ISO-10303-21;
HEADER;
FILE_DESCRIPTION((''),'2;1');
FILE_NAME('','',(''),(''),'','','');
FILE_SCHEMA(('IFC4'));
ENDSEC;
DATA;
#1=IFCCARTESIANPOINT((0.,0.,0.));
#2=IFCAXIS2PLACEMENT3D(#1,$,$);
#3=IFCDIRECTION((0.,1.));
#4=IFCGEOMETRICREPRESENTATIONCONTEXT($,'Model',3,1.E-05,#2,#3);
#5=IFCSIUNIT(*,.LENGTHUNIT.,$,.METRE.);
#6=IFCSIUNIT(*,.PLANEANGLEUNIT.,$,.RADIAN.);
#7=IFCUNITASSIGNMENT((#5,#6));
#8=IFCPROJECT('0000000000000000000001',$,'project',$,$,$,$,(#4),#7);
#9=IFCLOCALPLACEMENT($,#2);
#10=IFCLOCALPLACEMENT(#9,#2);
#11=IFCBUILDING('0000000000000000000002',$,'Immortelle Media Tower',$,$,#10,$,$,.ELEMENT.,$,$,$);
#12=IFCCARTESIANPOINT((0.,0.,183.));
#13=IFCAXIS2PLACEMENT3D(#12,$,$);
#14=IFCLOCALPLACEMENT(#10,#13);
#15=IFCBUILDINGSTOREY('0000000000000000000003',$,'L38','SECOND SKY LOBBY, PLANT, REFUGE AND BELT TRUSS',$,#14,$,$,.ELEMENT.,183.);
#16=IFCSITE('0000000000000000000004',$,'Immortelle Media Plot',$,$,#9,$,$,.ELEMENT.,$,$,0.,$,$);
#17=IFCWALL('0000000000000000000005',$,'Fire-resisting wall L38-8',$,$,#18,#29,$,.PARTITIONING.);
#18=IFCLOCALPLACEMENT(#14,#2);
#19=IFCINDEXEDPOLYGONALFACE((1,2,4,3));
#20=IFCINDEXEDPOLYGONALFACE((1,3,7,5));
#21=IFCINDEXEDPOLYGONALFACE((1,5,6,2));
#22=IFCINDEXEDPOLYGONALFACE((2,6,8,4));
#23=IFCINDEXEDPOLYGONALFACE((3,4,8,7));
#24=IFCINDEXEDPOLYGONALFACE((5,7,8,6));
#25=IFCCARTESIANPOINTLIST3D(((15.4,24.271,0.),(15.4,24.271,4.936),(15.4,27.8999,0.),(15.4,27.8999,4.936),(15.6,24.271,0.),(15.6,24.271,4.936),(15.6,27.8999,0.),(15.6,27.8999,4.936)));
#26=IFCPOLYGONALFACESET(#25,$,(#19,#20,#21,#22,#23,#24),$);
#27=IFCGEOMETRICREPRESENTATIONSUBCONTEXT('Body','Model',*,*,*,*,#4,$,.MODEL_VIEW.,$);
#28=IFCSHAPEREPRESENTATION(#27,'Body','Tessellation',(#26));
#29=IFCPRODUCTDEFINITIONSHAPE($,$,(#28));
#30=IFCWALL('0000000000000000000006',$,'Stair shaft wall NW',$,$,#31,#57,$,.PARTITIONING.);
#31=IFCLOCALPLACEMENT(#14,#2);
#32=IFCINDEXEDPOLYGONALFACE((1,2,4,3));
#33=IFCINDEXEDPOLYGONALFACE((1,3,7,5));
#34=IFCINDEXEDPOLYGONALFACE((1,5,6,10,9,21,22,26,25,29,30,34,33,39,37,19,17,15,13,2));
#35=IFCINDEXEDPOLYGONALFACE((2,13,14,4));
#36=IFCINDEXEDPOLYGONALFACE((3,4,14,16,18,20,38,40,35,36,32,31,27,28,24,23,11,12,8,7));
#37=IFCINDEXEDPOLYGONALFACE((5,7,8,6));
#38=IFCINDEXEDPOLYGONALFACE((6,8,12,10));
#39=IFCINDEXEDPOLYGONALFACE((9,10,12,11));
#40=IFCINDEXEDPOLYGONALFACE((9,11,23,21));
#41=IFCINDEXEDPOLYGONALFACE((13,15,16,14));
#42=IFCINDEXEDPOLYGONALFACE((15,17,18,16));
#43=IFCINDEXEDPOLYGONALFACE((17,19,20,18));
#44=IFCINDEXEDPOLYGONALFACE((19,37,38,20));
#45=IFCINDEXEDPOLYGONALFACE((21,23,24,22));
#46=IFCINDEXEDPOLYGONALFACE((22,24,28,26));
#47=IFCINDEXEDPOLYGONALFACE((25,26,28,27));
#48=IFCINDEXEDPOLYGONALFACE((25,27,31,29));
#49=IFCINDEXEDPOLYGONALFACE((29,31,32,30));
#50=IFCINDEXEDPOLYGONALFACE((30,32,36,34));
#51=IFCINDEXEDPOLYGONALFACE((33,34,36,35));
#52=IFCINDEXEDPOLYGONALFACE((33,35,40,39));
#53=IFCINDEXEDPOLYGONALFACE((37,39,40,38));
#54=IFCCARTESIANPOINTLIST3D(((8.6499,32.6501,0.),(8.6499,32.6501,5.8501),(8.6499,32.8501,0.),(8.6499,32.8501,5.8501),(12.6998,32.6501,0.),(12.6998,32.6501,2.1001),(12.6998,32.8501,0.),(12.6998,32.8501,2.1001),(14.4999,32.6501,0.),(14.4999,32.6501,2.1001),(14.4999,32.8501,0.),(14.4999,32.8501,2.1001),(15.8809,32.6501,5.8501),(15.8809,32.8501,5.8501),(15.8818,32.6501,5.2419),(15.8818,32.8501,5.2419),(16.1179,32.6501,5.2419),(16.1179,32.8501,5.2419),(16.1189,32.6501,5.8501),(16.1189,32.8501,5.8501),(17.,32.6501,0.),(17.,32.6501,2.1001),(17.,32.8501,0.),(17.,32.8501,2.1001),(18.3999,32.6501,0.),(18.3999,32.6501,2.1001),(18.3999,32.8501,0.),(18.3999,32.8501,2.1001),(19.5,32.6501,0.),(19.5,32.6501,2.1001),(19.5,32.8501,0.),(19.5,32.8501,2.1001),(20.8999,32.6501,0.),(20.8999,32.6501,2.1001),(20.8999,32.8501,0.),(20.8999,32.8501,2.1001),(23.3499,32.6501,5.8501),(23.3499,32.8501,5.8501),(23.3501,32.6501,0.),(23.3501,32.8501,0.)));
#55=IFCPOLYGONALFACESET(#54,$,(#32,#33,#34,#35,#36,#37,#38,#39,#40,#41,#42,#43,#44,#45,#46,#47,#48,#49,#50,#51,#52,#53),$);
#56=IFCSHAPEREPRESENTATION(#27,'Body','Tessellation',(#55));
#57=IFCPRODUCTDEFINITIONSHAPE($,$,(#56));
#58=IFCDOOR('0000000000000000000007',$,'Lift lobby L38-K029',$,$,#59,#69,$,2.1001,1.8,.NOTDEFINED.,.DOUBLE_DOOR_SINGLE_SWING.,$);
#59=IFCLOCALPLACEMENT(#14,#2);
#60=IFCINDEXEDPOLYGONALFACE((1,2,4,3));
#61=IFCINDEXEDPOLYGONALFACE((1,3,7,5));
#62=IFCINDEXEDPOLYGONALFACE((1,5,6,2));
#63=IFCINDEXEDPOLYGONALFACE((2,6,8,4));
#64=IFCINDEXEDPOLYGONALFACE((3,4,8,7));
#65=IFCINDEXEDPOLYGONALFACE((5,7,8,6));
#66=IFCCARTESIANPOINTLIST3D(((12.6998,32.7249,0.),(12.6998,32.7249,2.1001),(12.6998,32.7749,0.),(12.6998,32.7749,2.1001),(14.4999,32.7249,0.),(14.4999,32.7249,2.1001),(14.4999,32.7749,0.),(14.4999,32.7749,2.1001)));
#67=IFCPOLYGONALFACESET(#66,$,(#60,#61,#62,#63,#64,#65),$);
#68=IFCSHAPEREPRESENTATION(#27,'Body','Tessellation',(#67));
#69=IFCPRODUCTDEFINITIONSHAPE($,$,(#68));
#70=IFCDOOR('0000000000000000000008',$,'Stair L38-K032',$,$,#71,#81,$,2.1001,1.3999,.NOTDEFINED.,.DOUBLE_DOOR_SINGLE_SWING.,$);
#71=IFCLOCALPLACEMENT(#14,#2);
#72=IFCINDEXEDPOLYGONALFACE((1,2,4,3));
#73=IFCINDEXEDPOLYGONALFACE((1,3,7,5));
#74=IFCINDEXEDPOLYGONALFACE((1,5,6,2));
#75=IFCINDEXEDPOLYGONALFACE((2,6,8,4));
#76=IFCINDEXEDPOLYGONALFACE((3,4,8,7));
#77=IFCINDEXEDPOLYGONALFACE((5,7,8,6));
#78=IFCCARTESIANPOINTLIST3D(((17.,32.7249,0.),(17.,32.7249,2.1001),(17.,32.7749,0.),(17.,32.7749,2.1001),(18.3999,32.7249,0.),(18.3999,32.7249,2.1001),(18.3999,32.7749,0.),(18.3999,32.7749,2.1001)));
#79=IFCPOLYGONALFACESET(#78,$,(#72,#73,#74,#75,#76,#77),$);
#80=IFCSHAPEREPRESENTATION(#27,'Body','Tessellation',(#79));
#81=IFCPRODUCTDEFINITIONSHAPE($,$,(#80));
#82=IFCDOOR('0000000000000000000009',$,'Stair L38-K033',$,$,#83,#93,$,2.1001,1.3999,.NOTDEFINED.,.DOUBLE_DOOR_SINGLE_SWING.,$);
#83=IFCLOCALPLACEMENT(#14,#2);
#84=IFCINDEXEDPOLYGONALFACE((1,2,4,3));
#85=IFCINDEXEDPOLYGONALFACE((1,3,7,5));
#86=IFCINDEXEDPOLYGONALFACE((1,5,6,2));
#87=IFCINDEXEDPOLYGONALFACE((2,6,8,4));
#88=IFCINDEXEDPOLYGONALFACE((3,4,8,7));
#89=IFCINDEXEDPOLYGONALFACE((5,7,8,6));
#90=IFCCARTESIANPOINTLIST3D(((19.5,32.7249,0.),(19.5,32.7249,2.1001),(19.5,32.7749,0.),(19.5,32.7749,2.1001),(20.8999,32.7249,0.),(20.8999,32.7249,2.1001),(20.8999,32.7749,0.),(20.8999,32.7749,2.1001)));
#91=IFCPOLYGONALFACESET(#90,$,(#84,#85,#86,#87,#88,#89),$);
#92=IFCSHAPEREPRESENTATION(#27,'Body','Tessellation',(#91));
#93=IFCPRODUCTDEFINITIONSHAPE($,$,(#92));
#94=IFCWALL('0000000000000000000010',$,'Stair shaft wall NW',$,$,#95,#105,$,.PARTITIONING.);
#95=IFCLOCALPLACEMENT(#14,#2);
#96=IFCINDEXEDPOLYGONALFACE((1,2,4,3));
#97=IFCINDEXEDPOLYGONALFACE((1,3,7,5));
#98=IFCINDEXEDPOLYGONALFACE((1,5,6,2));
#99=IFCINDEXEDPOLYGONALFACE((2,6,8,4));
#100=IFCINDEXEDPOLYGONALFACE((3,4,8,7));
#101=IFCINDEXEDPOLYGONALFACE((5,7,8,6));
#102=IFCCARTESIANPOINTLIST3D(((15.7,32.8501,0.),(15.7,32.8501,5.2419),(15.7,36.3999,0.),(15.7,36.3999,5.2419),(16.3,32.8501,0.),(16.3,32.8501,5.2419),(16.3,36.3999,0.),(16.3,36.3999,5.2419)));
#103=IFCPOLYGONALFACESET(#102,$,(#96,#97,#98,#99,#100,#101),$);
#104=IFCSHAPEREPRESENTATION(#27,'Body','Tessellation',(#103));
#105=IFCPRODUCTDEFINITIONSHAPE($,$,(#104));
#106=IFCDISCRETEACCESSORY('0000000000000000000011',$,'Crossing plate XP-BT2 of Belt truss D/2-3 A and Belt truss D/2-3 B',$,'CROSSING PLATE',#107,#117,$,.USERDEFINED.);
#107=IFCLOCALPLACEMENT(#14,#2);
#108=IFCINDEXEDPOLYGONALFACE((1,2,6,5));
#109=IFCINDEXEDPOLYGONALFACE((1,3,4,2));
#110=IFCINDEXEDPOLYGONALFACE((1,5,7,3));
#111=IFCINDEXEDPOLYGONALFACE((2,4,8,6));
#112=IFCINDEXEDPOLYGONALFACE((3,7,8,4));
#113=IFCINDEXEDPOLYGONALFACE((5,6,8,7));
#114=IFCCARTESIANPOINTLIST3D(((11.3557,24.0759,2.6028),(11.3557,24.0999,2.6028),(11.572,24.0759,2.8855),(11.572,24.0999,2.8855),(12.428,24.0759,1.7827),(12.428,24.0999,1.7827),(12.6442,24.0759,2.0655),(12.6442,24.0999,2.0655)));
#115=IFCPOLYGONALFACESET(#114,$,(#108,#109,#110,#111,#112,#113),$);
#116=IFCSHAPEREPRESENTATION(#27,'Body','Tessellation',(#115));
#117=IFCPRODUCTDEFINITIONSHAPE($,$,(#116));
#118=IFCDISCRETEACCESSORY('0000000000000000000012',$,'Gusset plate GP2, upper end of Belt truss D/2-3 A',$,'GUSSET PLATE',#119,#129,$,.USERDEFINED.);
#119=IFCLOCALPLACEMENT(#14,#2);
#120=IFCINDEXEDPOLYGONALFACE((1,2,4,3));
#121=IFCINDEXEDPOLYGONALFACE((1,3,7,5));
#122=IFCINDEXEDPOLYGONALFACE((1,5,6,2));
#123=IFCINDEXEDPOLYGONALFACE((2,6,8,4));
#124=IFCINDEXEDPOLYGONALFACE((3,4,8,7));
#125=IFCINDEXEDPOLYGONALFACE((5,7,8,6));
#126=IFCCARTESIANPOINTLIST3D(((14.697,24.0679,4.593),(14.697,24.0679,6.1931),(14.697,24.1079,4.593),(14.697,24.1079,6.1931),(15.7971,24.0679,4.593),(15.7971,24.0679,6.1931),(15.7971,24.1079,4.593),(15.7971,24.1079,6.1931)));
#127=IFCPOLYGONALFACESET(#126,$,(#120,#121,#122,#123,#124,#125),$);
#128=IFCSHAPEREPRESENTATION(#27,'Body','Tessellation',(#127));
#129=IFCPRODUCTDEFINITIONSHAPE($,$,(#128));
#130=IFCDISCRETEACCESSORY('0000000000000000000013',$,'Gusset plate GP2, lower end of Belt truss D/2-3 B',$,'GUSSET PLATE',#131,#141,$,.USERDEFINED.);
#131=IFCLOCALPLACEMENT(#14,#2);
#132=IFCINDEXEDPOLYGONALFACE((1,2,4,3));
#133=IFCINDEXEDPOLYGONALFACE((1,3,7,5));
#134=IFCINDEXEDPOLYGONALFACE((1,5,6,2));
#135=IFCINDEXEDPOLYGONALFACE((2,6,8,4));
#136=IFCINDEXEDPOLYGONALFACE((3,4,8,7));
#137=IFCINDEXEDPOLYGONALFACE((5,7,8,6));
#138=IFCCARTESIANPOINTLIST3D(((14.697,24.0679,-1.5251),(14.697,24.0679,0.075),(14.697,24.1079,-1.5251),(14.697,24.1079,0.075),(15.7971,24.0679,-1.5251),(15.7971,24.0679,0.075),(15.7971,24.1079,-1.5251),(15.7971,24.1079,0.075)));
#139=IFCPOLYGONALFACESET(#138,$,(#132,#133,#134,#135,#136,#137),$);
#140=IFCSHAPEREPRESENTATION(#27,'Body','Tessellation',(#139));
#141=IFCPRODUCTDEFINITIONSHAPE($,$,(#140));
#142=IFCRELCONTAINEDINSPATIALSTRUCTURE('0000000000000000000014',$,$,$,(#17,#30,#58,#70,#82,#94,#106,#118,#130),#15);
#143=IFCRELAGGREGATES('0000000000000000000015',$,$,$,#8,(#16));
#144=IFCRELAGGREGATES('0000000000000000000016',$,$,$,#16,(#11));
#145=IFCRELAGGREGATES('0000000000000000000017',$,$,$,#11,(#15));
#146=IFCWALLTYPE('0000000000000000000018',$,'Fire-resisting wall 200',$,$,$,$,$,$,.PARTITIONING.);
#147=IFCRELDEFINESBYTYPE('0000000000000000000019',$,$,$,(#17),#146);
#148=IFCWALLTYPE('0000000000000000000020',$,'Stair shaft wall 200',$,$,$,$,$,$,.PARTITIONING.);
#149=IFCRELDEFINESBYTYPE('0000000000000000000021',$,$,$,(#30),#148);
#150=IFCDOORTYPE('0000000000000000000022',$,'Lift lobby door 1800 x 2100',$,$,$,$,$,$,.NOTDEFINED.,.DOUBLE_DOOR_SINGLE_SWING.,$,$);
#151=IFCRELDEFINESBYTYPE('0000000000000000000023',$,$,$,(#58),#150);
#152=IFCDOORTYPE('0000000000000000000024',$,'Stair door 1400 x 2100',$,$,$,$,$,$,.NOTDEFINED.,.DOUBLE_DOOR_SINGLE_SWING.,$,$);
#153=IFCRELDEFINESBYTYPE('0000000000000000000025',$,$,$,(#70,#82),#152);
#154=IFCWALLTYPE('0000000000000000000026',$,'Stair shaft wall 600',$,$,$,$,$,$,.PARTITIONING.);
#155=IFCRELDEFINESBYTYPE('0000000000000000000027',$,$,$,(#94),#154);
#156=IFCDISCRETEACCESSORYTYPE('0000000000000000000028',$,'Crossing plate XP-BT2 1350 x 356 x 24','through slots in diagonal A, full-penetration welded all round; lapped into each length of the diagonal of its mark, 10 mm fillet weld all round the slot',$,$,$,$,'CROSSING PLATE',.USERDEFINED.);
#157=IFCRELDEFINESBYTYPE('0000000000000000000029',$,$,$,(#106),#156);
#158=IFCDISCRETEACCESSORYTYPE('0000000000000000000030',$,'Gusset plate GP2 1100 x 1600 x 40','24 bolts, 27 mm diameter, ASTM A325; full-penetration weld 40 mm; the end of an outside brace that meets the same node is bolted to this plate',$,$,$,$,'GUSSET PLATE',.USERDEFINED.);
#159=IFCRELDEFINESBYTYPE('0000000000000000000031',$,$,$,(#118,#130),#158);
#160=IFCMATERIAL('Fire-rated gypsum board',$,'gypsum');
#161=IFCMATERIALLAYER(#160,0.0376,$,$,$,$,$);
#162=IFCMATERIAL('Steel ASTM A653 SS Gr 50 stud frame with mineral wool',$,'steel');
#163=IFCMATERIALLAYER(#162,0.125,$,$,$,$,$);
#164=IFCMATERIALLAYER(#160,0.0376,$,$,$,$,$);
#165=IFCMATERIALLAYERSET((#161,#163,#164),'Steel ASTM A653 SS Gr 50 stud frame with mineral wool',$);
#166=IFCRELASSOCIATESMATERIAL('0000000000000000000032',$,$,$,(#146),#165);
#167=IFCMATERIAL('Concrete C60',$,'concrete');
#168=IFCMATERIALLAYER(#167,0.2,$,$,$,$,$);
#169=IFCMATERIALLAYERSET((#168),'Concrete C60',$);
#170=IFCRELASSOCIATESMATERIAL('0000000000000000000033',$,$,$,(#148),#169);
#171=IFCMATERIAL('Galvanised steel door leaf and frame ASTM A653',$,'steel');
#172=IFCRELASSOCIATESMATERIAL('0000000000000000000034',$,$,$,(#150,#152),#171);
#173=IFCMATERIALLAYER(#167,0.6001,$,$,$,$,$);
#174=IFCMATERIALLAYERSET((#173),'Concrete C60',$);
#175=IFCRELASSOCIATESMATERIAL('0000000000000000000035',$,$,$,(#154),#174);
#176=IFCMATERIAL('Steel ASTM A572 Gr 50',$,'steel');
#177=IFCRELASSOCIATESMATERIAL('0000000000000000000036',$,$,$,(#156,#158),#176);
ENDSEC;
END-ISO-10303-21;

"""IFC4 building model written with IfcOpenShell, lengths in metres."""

from ifc_helpers import new_model, si_unit, direction, frame, frame_2d, origin, origin_2d, place, context, subcontext, project, spatial, polyline, rectangle, outline, extrude, material, layer, layer_set, material_profile, profile_set, type_object, element, fill, save


model = new_model("IFC4")

# Units and contexts
model_context = context("Model", 3, precision=1e-05, world=origin(), true_north=direction((0.0, 1.0)))
body_context = subcontext(model_context, "Body", "Model", "MODEL_VIEW")
ifc_project = project(units=[si_unit("LENGTHUNIT", "METRE"), si_unit("PLANEANGLEUNIT", "RADIAN")], contexts=[model_context])

# Site, building, storey
site_placement = place(None, origin())
site = spatial("IfcSite", under=ifc_project, at=site_placement, Name="Immortelle Media Plot", CompositionType="ELEMENT", RefElevation=0.0)
building_placement = place(site_placement, origin())
building = spatial("IfcBuilding", under=site, at=building_placement, Name="Immortelle Media Tower", CompositionType="ELEMENT")
storey_placement = place(building_placement, frame((0.0, 0.0, 183.0)))
storey = spatial("IfcBuildingStorey", under=building, at=storey_placement, Name="L38", Description="SECOND SKY LOBBY, PLANT, REFUGE AND BELT TRUSS", CompositionType="ELEMENT", Elevation=183.0)

# Shared definitions
ifc_material_1 = material(Name="Fire-rated gypsum board", Category="gypsum")
ifc_material_2 = material(Name="Steel ASTM A653 SS Gr 50 stud frame with mineral wool", Category="steel")

# Shared definitions
ifc_material_3 = material(Name="Galvanised steel door leaf and frame ASTM A653", Category="steel")

# Shared definitions
ifc_layer_1 = layer(ifc_material_1, 0.0376)
ifc_layer_2 = layer(ifc_material_2, 0.125)
ifc_layer_3 = layer(ifc_material_1, 0.0376)
ifc_layer_set_1 = layer_set([ifc_layer_1, ifc_layer_2, ifc_layer_3], Name="Steel ASTM A653 SS Gr 50 stud frame with mineral wool")
wall_type_1 = type_object("IfcWallType", Name="Fire-resisting wall 200", PredefinedType="PARTITIONING", material=ifc_layer_set_1)

# Wall
wall_1_placement = place(storey_placement, frame((15.5, 24.271, 0.0), z_axis=(0.0, 0.0, 1.0), x_axis=(0.0, 1.0, 0.0)))
element("IfcWall", 1, at=wall_1_placement, inside=storey, type_object=wall_type_1, Name="Fire-resisting wall L38-8", PredefinedType="PARTITIONING", context=body_context, shape_type="SweptSolid", body=[
    extrude(rectangle(XDim=3.6289, YDim=0.2, at=frame_2d((1.8145, 0.0))), origin(), (0.0, 0.0, 1.0), 4.936),
])

# Wall, openings, doors
ifc_material_4 = material(Name="Concrete C60", Category="concrete")
ifc_layer_4 = layer(ifc_material_4, 0.2)
ifc_layer_set_2 = layer_set([ifc_layer_4], Name="Concrete C60")
wall_type_2 = type_object("IfcWallType", Name="Stair shaft wall 200", PredefinedType="PARTITIONING", material=ifc_layer_set_2)
wall_2_placement = place(storey_placement, frame((8.6499, 32.75, 0.0), z_axis=(0.0, 0.0, 1.0), x_axis=(1.0, 0.0, 0.0)))
wall_2 = element("IfcWall", 2, at=wall_2_placement, inside=storey, type_object=wall_type_2, Name="Stair shaft wall NW", PredefinedType="PARTITIONING", context=body_context, shape_type="SweptSolid", body=[
    extrude(outline(polyline([(0.0, 0.0), (14.7002, 0.0), (14.7, 5.8501), (7.469, 5.8501), (7.468, 5.2419), (7.2319, 5.2419), (7.231, 5.8501), (0.0, 5.8501), (0.0, 0.0)])), frame((0.0, 0.1001, 0.0), z_axis=(0.0, -1.0, 0.0), x_axis=(1.0, 0.0, 0.0)), (0.0, 0.0, 1.0), 0.2),
])
opening_1_placement = place(wall_2_placement, frame((4.05, 0.0, 0.0)))
opening_1 = element("IfcOpeningElement", 3, at=opening_1_placement, cuts=wall_2, PredefinedType="OPENING", context=body_context, shape_type="SweptSolid", body=[
    extrude(rectangle(XDim=1.8, YDim=2.1001, at=frame_2d((0.8999, 1.05))), frame((0.0, 0.1099, 0.0), z_axis=(0.0, -1.0, 0.0), x_axis=(1.0, 0.0, 0.0)), (0.0, 0.0, 1.0), 0.22),
])
opening_2_placement = place(wall_2_placement, frame((8.3501, 0.0, 0.0)))
opening_2 = element("IfcOpeningElement", 4, at=opening_2_placement, cuts=wall_2, PredefinedType="OPENING", context=body_context, shape_type="SweptSolid", body=[
    extrude(rectangle(XDim=1.3999, YDim=2.1001, at=frame_2d((0.7, 1.05))), frame((0.0, 0.1099, 0.0), z_axis=(0.0, -1.0, 0.0), x_axis=(1.0, 0.0, 0.0)), (0.0, 0.0, 1.0), 0.22),
])
opening_3_placement = place(wall_2_placement, frame((10.8501, 0.0, 0.0)))
opening_3 = element("IfcOpeningElement", 5, at=opening_3_placement, cuts=wall_2, PredefinedType="OPENING", context=body_context, shape_type="SweptSolid", body=[
    extrude(rectangle(XDim=1.3999, YDim=2.1001, at=frame_2d((0.7, 1.05))), frame((0.0, 0.1099, 0.0), z_axis=(0.0, -1.0, 0.0), x_axis=(1.0, 0.0, 0.0)), (0.0, 0.0, 1.0), 0.22),
])
door_type_1 = type_object("IfcDoorType", Name="Lift lobby door 1800 x 2100", OperationType="DOUBLE_DOOR_SINGLE_SWING", PredefinedType="NOTDEFINED", material=ifc_material_3)
door_1_placement = place(opening_1_placement, origin())
door_1 = element("IfcDoor", 6, at=door_1_placement, inside=storey, type_object=door_type_1, Name="Lift lobby L38-K029", OperationType="DOUBLE_DOOR_SINGLE_SWING", OverallHeight=2.1001, OverallWidth=1.8, PredefinedType="NOTDEFINED", context=body_context, shape_type="SweptSolid", body=[
    extrude(rectangle(XDim=1.8, YDim=2.1001, at=frame_2d((0.8999, 1.05))), frame((0.0, 0.0249, 0.0), z_axis=(0.0, -1.0, 0.0), x_axis=(1.0, 0.0, 0.0)), (0.0, 0.0, 1.0), 0.05),
])
fill(opening_1, door_1)
door_type_2 = type_object("IfcDoorType", Name="Stair door 1400 x 2100", OperationType="DOUBLE_DOOR_SINGLE_SWING", PredefinedType="NOTDEFINED", material=ifc_material_3)
door_2_placement = place(opening_2_placement, origin())
door_2 = element("IfcDoor", 7, at=door_2_placement, inside=storey, type_object=door_type_2, Name="Stair L38-K032", OperationType="DOUBLE_DOOR_SINGLE_SWING", OverallHeight=2.1001, OverallWidth=1.3999, PredefinedType="NOTDEFINED", context=body_context, shape_type="SweptSolid", body=[
    extrude(rectangle(XDim=1.3999, YDim=2.1001, at=frame_2d((0.7, 1.05))), frame((0.0, 0.0249, 0.0), z_axis=(0.0, -1.0, 0.0), x_axis=(1.0, 0.0, 0.0)), (0.0, 0.0, 1.0), 0.05),
])
fill(opening_2, door_2)
door_3_placement = place(opening_3_placement, origin())
door_3 = element("IfcDoor", 8, at=door_3_placement, inside=storey, type_object=door_type_2, Name="Stair L38-K033", OperationType="DOUBLE_DOOR_SINGLE_SWING", OverallHeight=2.1001, OverallWidth=1.3999, PredefinedType="NOTDEFINED", context=body_context, shape_type="SweptSolid", body=[
    extrude(rectangle(XDim=1.3999, YDim=2.1001, at=frame_2d((0.7, 1.05))), frame((0.0, 0.0249, 0.0), z_axis=(0.0, -1.0, 0.0), x_axis=(1.0, 0.0, 0.0)), (0.0, 0.0, 1.0), 0.05),
])
fill(opening_3, door_3)

# Wall
ifc_layer_5 = layer(ifc_material_4, 0.6001)
ifc_layer_set_3 = layer_set([ifc_layer_5], Name="Concrete C60")
wall_type_3 = type_object("IfcWallType", Name="Stair shaft wall 600", PredefinedType="PARTITIONING", material=ifc_layer_set_3)
wall_3_placement = place(storey_placement, frame((16.0, 32.8501, 0.0), z_axis=(0.0, 0.0, 1.0), x_axis=(0.0, 1.0, 0.0)))
element("IfcWall", 9, at=wall_3_placement, inside=storey, type_object=wall_type_3, Name="Stair shaft wall NW", PredefinedType="PARTITIONING", context=body_context, shape_type="SweptSolid", body=[
    extrude(rectangle(XDim=3.5498, YDim=0.6001, at=frame_2d((1.7749, 0.0))), origin(), (0.0, 0.0, 1.0), 5.2419),
])

# Discrete accessories
ifc_material_5 = material(Name="Steel ASTM A572 Gr 50", Category="steel")
ifc_material_profile_1 = material_profile(ifc_material_5, rectangle(XDim=0.0239, YDim=0.356, at=origin_2d()), Name="PL 24 x 356")
ifc_profile_set_1 = profile_set([ifc_material_profile_1], Name="Steel ASTM A572 Gr 50")
discrete_accessory_type_1 = type_object("IfcDiscreteAccessoryType", Name="Crossing plate XP-BT2 1350 x 356 x 24", Description="through slots in diagonal A, full-penetration welded all round; lapped into each length of the diagonal of its mark, 10 mm fillet weld all round the slot", ElementType="CROSSING PLATE", PredefinedType="USERDEFINED", material=ifc_profile_set_1)
discrete_accessory_placement = place(storey_placement, frame((11.4639, 24.0879, 2.7441), z_axis=(0.794322, 0.0, -0.607497), x_axis=(0.0, 1.0, 0.0)))
element("IfcDiscreteAccessory", 10, at=discrete_accessory_placement, inside=storey, type_object=discrete_accessory_type_1, Name="Crossing plate XP-BT2 of Belt truss D/2-3 A and Belt truss D/2-3 B", ObjectType="CROSSING PLATE", PredefinedType="USERDEFINED", context=body_context, shape_type="SweptSolid", body=[
    extrude(rectangle(XDim=0.0239, YDim=0.356, at=origin_2d()), origin(), (0.0, 0.0, 1.0), 1.3499),
])
ifc_material_profile_2 = material_profile(ifc_material_5, rectangle(XDim=0.04, YDim=1.6001, at=origin_2d()), Name="PL 40 x 1600")
ifc_profile_set_2 = profile_set([ifc_material_profile_2], Name="Steel ASTM A572 Gr 50")
discrete_accessory_type_2 = type_object("IfcDiscreteAccessoryType", Name="Gusset plate GP2 1100 x 1600 x 40", Description="24 bolts, 27 mm diameter, ASTM A325; full-penetration weld 40 mm; the end of an outside brace that meets the same node is bolted to this plate", ElementType="GUSSET PLATE", PredefinedType="USERDEFINED", material=ifc_profile_set_2)
for number, where, z_axis, x_axis, name in (
    (11, (15.7971, 24.0879, 5.3931), (-1.0, 0.0, 0.0), (0.0, -1.0, 0.0), "Gusset plate GP2, upper end of Belt truss D/2-3 A"),
    (12, (15.7971, 24.0879, -0.7251), (-1.0, 0.0, 0.0), (0.0, -1.0, 0.0), "Gusset plate GP2, lower end of Belt truss D/2-3 B"),
):
    element("IfcDiscreteAccessory", number, at=place(storey_placement, frame(where, z_axis=z_axis, x_axis=x_axis)), inside=storey, type_object=discrete_accessory_type_2, Name=name, ObjectType="GUSSET PLATE", PredefinedType="USERDEFINED", context=body_context, shape_type="SweptSolid", body=[
        extrude(rectangle(XDim=0.04, YDim=1.6001, at=origin_2d()), origin(), (0.0, 0.0, 1.0), 1.1001),
    ])

save(model, "model.ifc")
